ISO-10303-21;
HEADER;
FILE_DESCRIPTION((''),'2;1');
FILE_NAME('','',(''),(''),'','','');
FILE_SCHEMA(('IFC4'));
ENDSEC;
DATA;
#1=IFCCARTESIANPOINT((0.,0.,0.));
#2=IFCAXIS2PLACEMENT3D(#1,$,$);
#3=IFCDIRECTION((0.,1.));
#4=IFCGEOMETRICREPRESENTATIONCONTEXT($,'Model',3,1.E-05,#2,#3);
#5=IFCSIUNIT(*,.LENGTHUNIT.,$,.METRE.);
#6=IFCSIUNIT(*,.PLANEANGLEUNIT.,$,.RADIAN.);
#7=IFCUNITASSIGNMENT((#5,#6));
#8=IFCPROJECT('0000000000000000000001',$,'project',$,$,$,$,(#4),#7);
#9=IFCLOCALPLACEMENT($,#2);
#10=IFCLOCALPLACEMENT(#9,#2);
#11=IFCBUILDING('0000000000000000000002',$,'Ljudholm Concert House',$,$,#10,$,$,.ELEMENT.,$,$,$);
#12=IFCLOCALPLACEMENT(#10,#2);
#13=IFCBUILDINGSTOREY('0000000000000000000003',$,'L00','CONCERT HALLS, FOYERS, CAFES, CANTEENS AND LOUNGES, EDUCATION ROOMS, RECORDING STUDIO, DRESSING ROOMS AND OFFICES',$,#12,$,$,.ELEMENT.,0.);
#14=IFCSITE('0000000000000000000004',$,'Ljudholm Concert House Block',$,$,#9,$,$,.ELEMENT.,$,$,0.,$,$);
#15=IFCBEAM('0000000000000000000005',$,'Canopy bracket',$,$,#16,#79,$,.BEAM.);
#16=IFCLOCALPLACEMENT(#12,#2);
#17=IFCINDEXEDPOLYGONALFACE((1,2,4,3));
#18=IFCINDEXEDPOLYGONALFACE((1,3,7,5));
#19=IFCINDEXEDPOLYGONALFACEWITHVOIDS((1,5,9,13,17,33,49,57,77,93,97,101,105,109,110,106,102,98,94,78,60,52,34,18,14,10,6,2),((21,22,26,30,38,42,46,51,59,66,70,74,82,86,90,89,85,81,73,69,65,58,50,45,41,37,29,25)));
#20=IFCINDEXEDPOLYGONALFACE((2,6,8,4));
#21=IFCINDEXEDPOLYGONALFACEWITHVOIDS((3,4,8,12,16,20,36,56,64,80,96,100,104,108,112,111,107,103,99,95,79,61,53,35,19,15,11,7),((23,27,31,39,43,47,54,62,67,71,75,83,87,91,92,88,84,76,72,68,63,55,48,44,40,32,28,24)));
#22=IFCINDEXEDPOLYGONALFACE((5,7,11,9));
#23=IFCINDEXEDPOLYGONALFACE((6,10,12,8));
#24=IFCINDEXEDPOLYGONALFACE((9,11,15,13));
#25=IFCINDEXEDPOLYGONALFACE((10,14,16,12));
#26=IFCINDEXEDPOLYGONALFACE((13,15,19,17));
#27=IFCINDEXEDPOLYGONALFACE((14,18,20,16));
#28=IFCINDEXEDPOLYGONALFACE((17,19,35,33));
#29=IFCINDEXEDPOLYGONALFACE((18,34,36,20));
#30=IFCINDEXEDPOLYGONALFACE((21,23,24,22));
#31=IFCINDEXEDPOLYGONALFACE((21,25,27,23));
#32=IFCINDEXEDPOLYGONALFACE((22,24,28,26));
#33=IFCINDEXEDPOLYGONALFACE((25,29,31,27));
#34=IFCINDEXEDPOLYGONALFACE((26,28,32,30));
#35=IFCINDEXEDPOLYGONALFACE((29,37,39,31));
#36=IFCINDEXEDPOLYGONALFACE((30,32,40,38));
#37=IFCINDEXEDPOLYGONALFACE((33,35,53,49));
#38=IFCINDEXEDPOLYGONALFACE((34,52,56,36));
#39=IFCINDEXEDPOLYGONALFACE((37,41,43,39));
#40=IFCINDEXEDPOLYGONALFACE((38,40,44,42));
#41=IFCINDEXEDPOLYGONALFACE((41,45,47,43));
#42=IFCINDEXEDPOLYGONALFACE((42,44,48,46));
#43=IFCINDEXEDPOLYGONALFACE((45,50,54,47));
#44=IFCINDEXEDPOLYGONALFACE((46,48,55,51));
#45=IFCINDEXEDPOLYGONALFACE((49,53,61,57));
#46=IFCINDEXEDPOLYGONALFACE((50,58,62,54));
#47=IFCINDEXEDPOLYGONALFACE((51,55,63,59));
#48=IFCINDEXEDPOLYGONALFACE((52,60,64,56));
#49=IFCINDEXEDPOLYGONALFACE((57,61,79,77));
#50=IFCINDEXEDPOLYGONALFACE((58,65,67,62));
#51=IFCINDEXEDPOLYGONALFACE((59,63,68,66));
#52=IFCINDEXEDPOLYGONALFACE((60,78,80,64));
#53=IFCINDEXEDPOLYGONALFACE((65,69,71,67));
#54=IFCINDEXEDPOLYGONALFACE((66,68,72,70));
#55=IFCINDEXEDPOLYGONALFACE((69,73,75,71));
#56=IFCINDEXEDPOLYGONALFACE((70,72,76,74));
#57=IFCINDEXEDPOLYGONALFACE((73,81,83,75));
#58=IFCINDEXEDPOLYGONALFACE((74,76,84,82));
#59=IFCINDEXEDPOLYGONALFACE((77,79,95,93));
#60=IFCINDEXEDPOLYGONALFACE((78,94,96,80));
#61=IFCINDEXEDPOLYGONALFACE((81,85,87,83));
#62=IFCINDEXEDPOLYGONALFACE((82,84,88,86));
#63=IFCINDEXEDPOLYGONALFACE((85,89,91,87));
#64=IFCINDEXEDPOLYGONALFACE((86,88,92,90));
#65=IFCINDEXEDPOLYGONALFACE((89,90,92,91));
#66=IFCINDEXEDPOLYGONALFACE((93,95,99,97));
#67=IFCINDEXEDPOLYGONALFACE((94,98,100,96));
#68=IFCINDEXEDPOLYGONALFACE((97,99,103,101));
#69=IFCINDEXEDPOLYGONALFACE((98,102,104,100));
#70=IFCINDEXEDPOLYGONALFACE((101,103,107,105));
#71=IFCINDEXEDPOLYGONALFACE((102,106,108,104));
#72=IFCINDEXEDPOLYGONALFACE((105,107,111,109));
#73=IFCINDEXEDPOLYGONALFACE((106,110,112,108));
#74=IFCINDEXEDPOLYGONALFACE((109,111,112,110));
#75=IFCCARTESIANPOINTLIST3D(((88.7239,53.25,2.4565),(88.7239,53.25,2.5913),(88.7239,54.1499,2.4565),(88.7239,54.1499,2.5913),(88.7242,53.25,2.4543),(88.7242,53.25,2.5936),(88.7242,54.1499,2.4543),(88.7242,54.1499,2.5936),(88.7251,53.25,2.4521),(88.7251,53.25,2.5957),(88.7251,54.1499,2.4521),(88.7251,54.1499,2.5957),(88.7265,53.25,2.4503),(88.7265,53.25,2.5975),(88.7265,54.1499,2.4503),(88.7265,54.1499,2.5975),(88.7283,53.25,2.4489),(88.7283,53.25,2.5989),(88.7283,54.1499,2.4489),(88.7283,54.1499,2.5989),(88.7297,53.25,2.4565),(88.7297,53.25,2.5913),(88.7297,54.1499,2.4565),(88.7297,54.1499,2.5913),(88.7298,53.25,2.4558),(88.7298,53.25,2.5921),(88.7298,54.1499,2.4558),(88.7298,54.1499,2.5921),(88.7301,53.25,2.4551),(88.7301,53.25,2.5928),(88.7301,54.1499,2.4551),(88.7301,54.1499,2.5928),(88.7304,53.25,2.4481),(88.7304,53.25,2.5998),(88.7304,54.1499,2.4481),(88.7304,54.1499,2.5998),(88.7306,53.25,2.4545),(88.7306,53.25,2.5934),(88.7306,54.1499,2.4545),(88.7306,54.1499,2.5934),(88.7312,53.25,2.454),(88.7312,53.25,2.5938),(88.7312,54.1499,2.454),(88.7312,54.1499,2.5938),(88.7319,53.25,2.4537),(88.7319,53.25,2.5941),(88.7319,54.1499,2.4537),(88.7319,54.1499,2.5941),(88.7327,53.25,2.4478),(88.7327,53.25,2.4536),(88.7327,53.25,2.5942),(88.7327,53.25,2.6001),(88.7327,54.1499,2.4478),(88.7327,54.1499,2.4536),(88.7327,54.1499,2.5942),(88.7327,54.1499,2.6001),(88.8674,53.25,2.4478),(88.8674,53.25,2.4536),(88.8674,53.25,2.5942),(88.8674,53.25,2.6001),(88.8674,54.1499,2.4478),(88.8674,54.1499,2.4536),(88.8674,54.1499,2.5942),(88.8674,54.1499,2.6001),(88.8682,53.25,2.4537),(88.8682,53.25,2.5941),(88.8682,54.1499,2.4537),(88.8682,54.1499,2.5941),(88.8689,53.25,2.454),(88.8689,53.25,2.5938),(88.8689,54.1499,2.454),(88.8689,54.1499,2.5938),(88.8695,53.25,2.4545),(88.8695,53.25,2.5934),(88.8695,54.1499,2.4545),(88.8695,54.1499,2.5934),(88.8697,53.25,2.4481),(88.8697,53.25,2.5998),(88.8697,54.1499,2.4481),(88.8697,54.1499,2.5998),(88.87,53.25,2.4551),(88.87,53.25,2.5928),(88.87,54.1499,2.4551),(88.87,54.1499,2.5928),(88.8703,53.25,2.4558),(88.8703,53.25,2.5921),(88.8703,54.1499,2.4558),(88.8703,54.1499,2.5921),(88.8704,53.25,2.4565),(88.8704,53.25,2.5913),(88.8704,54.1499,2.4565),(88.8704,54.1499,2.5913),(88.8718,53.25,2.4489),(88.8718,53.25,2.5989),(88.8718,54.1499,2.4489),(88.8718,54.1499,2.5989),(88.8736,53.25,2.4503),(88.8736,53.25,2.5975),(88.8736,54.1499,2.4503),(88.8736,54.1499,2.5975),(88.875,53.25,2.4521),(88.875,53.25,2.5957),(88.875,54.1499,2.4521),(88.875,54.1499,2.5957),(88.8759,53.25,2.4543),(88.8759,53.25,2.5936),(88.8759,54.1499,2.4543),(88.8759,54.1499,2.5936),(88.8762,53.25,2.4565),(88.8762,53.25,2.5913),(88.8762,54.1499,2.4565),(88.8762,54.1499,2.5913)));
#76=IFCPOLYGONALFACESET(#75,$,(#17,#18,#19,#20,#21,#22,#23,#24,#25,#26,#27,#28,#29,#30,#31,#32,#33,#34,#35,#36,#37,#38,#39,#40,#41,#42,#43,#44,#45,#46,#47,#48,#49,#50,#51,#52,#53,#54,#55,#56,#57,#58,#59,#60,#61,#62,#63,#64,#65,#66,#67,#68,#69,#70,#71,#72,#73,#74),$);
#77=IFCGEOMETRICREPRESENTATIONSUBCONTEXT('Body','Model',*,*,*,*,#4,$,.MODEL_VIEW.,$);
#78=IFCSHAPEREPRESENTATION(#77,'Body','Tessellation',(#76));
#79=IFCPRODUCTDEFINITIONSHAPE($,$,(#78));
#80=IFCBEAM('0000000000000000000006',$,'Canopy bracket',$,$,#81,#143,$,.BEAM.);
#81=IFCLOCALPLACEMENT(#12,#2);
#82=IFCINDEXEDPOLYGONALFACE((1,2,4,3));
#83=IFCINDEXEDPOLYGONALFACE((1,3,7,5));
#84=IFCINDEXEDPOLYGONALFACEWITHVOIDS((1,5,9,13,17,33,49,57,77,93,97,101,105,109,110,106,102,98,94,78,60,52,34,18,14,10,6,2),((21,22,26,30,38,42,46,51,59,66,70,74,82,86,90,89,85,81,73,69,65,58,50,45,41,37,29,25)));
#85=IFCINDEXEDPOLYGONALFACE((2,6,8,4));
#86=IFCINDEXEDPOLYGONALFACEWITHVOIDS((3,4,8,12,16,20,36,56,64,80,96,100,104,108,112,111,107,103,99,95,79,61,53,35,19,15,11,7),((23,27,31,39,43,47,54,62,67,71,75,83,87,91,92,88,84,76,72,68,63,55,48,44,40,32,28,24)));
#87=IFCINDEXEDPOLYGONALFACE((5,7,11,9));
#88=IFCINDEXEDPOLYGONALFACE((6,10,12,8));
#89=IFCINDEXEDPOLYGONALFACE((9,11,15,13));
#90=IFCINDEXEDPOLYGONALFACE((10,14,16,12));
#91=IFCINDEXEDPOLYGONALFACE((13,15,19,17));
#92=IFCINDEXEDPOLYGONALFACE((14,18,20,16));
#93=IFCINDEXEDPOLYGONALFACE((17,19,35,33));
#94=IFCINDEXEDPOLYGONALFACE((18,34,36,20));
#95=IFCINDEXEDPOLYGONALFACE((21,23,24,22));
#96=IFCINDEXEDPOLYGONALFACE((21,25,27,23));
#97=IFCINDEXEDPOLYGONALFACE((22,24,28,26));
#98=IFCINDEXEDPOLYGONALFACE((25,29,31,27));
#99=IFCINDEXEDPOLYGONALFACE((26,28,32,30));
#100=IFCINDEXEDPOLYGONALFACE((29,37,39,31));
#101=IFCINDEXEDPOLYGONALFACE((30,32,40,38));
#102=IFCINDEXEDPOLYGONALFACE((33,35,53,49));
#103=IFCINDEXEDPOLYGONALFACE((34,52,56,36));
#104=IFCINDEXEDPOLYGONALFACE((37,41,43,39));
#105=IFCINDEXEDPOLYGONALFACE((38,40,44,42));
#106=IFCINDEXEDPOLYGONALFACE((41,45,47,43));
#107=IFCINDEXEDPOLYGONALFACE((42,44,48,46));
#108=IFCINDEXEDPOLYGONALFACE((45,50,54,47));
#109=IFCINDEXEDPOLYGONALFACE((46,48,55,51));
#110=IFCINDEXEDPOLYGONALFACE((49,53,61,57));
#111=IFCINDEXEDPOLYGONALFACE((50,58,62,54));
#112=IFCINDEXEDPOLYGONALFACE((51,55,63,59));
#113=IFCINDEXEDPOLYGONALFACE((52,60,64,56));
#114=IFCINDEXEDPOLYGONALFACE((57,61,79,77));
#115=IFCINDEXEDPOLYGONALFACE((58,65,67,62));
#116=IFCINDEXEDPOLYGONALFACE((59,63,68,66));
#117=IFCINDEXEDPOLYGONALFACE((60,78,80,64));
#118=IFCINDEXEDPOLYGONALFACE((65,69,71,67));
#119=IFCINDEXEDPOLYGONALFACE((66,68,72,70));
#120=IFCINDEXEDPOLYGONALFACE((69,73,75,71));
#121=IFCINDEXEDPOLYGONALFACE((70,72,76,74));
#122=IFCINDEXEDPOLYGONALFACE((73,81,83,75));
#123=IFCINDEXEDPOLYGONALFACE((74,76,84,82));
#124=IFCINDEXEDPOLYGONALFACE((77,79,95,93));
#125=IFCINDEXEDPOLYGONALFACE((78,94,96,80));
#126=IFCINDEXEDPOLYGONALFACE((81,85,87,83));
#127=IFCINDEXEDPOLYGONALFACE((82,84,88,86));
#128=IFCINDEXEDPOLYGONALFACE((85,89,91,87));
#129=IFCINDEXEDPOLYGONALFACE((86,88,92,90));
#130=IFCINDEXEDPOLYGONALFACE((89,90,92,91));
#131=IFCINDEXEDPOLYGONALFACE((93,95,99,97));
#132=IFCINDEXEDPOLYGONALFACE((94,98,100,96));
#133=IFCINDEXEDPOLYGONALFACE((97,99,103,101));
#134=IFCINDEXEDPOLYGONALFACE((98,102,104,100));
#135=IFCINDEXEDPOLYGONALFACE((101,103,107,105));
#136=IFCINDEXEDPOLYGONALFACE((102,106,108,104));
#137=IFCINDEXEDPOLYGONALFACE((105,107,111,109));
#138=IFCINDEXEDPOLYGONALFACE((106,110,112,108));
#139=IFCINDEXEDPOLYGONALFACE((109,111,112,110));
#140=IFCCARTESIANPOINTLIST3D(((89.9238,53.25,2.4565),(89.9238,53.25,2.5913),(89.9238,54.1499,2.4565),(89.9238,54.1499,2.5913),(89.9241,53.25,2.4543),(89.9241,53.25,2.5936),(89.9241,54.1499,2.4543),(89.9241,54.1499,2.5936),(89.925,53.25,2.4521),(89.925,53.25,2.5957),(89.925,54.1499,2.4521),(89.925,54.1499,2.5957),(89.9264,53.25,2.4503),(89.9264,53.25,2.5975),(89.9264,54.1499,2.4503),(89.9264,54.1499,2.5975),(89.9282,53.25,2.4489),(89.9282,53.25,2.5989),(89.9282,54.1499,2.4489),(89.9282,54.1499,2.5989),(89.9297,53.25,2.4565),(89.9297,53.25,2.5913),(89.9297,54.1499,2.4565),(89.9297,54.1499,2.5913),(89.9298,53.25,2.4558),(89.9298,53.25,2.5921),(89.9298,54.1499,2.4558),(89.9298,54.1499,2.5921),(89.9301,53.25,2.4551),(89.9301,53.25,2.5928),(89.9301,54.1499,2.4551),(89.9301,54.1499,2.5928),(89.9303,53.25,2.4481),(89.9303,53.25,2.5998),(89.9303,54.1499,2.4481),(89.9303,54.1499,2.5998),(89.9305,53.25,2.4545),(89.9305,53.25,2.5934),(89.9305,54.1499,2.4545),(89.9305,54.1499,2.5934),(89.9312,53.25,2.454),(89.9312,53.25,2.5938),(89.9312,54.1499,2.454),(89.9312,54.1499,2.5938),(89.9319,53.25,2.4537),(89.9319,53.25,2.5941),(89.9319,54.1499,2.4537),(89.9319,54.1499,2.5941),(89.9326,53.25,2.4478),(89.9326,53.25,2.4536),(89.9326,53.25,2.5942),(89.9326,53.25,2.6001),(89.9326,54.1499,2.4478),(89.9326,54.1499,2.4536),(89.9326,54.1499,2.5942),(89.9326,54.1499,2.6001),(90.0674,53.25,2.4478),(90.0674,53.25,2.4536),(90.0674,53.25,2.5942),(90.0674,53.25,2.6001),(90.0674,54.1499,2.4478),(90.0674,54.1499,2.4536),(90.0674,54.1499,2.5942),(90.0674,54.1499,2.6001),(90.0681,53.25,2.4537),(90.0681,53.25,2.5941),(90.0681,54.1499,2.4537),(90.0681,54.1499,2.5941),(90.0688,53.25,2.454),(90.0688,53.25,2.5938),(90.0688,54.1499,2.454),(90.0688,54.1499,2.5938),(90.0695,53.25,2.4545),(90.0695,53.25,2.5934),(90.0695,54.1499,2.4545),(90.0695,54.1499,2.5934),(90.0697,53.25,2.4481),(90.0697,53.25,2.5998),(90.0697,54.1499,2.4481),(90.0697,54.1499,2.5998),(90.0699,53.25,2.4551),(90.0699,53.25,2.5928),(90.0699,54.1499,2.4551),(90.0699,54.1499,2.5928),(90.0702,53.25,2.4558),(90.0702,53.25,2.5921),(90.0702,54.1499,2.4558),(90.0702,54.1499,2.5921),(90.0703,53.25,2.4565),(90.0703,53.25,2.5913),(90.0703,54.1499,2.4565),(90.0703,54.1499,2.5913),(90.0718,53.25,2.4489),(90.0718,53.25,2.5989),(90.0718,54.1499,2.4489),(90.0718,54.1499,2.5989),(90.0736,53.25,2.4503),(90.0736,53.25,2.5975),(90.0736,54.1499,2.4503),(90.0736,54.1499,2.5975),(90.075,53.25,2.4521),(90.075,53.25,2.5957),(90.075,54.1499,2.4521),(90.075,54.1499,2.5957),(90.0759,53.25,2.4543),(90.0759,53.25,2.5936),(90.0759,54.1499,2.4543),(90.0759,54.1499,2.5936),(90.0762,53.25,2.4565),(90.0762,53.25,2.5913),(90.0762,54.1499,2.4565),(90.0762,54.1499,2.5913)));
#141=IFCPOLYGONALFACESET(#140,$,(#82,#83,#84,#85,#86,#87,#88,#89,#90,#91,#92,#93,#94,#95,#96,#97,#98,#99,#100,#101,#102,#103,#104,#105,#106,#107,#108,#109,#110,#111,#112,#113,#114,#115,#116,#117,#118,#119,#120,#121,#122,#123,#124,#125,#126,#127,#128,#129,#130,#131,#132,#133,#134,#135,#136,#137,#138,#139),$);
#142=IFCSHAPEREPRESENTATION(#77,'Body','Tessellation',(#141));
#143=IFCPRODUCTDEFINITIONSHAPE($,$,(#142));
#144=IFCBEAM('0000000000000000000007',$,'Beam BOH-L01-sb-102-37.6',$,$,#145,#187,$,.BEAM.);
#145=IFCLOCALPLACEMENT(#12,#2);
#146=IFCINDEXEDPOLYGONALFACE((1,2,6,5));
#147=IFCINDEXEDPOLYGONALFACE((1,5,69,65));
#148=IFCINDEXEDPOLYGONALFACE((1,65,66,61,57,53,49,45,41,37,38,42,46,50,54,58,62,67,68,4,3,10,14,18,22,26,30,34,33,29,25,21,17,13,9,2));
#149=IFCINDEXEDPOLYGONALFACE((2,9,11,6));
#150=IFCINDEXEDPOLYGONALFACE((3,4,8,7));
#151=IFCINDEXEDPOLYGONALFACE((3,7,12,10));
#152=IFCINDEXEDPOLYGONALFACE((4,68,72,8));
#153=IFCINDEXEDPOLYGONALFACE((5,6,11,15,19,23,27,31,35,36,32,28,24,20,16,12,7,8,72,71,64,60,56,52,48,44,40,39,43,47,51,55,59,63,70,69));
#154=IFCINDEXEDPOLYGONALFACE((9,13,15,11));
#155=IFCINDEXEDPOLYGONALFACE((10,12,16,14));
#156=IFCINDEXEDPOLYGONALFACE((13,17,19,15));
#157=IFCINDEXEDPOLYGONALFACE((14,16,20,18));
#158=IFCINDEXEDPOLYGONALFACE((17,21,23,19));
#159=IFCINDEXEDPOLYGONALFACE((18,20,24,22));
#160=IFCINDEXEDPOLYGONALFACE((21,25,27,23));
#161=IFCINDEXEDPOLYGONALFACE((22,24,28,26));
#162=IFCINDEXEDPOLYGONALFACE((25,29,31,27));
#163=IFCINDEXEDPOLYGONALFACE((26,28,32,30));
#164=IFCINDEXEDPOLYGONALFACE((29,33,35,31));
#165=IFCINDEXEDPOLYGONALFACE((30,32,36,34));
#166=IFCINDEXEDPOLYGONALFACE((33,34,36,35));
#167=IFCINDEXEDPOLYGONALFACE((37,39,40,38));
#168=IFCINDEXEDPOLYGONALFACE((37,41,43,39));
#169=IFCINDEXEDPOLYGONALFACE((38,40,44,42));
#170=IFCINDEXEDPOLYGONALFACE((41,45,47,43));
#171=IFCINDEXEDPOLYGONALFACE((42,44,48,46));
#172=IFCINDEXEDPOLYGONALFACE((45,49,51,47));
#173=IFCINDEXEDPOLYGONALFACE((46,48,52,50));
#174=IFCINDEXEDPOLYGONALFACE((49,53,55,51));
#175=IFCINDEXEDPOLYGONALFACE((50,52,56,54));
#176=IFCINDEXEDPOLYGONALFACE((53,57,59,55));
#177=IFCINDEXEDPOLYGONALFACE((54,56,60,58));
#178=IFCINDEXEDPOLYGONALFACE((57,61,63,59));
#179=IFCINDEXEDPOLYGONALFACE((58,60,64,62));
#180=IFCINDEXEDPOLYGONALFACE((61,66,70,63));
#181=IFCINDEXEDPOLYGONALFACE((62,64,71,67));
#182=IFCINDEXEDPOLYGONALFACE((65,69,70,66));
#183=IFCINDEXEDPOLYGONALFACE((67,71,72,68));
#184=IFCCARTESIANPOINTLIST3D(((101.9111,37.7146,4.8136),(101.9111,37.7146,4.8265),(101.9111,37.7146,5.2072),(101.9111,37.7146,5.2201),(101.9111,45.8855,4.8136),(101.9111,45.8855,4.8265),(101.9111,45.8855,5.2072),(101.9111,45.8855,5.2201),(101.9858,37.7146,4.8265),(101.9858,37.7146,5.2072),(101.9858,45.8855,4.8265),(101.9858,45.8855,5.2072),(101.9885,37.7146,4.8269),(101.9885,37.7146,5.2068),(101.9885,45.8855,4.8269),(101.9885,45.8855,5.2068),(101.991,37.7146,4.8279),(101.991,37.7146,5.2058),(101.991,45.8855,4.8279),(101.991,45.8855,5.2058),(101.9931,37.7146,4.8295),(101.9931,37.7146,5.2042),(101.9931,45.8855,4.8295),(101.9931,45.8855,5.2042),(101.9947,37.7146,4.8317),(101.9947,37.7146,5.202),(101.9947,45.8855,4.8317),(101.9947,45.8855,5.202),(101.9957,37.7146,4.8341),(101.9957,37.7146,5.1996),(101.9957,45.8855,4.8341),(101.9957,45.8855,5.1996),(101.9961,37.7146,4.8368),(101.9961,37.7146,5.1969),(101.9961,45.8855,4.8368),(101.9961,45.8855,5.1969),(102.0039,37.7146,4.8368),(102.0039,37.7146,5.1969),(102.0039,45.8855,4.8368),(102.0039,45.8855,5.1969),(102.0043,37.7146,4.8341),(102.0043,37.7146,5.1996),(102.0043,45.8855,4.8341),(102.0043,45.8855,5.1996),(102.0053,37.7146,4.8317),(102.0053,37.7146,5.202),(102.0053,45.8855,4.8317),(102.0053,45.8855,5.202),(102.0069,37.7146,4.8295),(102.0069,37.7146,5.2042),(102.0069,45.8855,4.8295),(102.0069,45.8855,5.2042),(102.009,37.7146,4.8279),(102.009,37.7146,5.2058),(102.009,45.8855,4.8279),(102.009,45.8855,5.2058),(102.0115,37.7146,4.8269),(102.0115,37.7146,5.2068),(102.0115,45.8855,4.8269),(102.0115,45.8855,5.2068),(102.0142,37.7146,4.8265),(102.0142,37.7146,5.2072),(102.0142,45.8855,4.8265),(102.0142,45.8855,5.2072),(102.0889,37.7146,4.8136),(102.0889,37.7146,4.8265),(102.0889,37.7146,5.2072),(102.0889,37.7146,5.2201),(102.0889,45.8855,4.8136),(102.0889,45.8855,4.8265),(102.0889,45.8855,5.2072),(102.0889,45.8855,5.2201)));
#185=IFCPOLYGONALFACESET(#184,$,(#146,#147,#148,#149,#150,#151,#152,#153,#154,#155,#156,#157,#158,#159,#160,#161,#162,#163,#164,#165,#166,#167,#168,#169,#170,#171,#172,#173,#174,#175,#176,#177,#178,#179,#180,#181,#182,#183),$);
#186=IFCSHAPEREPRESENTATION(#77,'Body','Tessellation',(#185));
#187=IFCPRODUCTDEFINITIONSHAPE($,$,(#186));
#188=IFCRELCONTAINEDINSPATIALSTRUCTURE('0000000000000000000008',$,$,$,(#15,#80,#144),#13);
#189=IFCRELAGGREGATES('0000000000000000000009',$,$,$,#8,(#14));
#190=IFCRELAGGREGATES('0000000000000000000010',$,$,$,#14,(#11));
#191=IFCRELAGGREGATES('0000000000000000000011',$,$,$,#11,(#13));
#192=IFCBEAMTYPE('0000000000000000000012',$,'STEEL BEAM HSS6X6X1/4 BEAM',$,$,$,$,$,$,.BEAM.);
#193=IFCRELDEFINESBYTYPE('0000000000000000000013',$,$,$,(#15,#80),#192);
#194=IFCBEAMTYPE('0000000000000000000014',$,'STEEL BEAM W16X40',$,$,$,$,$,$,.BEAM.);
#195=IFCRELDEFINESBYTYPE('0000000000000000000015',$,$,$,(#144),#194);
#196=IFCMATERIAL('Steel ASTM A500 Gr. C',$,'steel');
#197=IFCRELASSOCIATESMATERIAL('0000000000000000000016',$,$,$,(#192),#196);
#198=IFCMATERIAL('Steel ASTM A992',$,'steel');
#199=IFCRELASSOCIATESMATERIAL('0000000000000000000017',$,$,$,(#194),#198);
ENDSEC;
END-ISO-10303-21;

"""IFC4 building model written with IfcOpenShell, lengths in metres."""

from ifc_helpers import new_model, si_unit, direction, frame, origin, origin_2d, place, context, subcontext, project, spatial, hollow_rectangle, i_section, extrude, material, material_profile, profile_set, type_object, element, save


model = new_model("IFC4")

# Units and contexts
model_context = context("Model", 3, precision=1e-05, world=origin(), true_north=direction((0.0, 1.0)))
body_context = subcontext(model_context, "Body", "Model", "MODEL_VIEW")
ifc_project = project(units=[si_unit("LENGTHUNIT", "METRE"), si_unit("PLANEANGLEUNIT", "RADIAN")], contexts=[model_context])

# Site, building, storey
site_placement = place(None, origin())
site = spatial("IfcSite", under=ifc_project, at=site_placement, Name="Ljudholm Concert House Block", CompositionType="ELEMENT", RefElevation=0.0)
building_placement = place(site_placement, origin())
building = spatial("IfcBuilding", under=site, at=building_placement, Name="Ljudholm Concert House", CompositionType="ELEMENT")
storey_placement = place(building_placement, origin())
storey = spatial("IfcBuildingStorey", under=building, at=storey_placement, Name="L00", Description="CONCERT HALLS, FOYERS, CAFES, CANTEENS AND LOUNGES, EDUCATION ROOMS, RECORDING STUDIO, DRESSING ROOMS AND OFFICES", CompositionType="ELEMENT", Elevation=0.0)

# Beams
ifc_material_1 = material(Name="Steel ASTM A500 Gr. C", Category="steel")
ifc_material_profile_1 = material_profile(ifc_material_1, hollow_rectangle(XDim=0.1523, YDim=0.1523, WallThickness=0.0059, InnerFilletRadius=0.0029, OuterFilletRadius=0.0088, at=origin_2d()), Name="HSS6X6X1/4")
ifc_profile_set_1 = profile_set([ifc_material_profile_1], Name="Steel ASTM A500 Gr. C")
beam_type_1 = type_object("IfcBeamType", Name="STEEL BEAM HSS6X6X1/4 BEAM", PredefinedType="BEAM", material=ifc_profile_set_1)
for number, where, z_axis, x_axis, name in (
    (1, (88.8, 53.25, 2.5239), (0.0, 1.0, 0.0), (-1.0, 0.0, 0.0), "Canopy bracket"),
    (2, (90.0, 53.25, 2.5239), (0.0, 1.0, 0.0), (-1.0, 0.0, 0.0), "Canopy bracket"),
):
    element("IfcBeam", number, at=place(storey_placement, frame(where, z_axis=z_axis, x_axis=x_axis)), inside=storey, type_object=beam_type_1, Name=name, PredefinedType="BEAM", context=body_context, shape_type="SweptSolid", body=[
        extrude(hollow_rectangle(XDim=0.1523, YDim=0.1523, WallThickness=0.0059, InnerFilletRadius=0.0029, OuterFilletRadius=0.0088, at=origin_2d()), origin(), (0.0, 0.0, 1.0), 0.8999),
    ])
ifc_material_2 = material(Name="Steel ASTM A992", Category="steel")
ifc_material_profile_2 = material_profile(ifc_material_2, i_section(OverallWidth=0.1777, OverallDepth=0.4065, WebThickness=0.0078, FlangeThickness=0.0129, FilletRadius=0.0103, at=origin_2d()), Name="W16X40")
ifc_profile_set_2 = profile_set([ifc_material_profile_2], Name="Steel ASTM A992")
beam_type_2 = type_object("IfcBeamType", Name="STEEL BEAM W16X40", PredefinedType="BEAM", material=ifc_profile_set_2)
for number, where, z_axis, x_axis, name in (
    (3, (102.0, 37.7146, 5.0168), (0.0, 1.0, 0.0), (-1.0, 0.0, 0.0), "Beam BOH-L01-sb-102-37.6"),
):
    element("IfcBeam", number, at=place(storey_placement, frame(where, z_axis=z_axis, x_axis=x_axis)), inside=storey, type_object=beam_type_2, Name=name, PredefinedType="BEAM", context=body_context, shape_type="SweptSolid", body=[
        extrude(i_section(OverallWidth=0.1777, OverallDepth=0.4065, WebThickness=0.0078, FlangeThickness=0.0129, FilletRadius=0.0103, at=origin_2d()), origin(), (0.0, 0.0, 1.0), 8.1709),
    ])

save(model, "model.ifc")
